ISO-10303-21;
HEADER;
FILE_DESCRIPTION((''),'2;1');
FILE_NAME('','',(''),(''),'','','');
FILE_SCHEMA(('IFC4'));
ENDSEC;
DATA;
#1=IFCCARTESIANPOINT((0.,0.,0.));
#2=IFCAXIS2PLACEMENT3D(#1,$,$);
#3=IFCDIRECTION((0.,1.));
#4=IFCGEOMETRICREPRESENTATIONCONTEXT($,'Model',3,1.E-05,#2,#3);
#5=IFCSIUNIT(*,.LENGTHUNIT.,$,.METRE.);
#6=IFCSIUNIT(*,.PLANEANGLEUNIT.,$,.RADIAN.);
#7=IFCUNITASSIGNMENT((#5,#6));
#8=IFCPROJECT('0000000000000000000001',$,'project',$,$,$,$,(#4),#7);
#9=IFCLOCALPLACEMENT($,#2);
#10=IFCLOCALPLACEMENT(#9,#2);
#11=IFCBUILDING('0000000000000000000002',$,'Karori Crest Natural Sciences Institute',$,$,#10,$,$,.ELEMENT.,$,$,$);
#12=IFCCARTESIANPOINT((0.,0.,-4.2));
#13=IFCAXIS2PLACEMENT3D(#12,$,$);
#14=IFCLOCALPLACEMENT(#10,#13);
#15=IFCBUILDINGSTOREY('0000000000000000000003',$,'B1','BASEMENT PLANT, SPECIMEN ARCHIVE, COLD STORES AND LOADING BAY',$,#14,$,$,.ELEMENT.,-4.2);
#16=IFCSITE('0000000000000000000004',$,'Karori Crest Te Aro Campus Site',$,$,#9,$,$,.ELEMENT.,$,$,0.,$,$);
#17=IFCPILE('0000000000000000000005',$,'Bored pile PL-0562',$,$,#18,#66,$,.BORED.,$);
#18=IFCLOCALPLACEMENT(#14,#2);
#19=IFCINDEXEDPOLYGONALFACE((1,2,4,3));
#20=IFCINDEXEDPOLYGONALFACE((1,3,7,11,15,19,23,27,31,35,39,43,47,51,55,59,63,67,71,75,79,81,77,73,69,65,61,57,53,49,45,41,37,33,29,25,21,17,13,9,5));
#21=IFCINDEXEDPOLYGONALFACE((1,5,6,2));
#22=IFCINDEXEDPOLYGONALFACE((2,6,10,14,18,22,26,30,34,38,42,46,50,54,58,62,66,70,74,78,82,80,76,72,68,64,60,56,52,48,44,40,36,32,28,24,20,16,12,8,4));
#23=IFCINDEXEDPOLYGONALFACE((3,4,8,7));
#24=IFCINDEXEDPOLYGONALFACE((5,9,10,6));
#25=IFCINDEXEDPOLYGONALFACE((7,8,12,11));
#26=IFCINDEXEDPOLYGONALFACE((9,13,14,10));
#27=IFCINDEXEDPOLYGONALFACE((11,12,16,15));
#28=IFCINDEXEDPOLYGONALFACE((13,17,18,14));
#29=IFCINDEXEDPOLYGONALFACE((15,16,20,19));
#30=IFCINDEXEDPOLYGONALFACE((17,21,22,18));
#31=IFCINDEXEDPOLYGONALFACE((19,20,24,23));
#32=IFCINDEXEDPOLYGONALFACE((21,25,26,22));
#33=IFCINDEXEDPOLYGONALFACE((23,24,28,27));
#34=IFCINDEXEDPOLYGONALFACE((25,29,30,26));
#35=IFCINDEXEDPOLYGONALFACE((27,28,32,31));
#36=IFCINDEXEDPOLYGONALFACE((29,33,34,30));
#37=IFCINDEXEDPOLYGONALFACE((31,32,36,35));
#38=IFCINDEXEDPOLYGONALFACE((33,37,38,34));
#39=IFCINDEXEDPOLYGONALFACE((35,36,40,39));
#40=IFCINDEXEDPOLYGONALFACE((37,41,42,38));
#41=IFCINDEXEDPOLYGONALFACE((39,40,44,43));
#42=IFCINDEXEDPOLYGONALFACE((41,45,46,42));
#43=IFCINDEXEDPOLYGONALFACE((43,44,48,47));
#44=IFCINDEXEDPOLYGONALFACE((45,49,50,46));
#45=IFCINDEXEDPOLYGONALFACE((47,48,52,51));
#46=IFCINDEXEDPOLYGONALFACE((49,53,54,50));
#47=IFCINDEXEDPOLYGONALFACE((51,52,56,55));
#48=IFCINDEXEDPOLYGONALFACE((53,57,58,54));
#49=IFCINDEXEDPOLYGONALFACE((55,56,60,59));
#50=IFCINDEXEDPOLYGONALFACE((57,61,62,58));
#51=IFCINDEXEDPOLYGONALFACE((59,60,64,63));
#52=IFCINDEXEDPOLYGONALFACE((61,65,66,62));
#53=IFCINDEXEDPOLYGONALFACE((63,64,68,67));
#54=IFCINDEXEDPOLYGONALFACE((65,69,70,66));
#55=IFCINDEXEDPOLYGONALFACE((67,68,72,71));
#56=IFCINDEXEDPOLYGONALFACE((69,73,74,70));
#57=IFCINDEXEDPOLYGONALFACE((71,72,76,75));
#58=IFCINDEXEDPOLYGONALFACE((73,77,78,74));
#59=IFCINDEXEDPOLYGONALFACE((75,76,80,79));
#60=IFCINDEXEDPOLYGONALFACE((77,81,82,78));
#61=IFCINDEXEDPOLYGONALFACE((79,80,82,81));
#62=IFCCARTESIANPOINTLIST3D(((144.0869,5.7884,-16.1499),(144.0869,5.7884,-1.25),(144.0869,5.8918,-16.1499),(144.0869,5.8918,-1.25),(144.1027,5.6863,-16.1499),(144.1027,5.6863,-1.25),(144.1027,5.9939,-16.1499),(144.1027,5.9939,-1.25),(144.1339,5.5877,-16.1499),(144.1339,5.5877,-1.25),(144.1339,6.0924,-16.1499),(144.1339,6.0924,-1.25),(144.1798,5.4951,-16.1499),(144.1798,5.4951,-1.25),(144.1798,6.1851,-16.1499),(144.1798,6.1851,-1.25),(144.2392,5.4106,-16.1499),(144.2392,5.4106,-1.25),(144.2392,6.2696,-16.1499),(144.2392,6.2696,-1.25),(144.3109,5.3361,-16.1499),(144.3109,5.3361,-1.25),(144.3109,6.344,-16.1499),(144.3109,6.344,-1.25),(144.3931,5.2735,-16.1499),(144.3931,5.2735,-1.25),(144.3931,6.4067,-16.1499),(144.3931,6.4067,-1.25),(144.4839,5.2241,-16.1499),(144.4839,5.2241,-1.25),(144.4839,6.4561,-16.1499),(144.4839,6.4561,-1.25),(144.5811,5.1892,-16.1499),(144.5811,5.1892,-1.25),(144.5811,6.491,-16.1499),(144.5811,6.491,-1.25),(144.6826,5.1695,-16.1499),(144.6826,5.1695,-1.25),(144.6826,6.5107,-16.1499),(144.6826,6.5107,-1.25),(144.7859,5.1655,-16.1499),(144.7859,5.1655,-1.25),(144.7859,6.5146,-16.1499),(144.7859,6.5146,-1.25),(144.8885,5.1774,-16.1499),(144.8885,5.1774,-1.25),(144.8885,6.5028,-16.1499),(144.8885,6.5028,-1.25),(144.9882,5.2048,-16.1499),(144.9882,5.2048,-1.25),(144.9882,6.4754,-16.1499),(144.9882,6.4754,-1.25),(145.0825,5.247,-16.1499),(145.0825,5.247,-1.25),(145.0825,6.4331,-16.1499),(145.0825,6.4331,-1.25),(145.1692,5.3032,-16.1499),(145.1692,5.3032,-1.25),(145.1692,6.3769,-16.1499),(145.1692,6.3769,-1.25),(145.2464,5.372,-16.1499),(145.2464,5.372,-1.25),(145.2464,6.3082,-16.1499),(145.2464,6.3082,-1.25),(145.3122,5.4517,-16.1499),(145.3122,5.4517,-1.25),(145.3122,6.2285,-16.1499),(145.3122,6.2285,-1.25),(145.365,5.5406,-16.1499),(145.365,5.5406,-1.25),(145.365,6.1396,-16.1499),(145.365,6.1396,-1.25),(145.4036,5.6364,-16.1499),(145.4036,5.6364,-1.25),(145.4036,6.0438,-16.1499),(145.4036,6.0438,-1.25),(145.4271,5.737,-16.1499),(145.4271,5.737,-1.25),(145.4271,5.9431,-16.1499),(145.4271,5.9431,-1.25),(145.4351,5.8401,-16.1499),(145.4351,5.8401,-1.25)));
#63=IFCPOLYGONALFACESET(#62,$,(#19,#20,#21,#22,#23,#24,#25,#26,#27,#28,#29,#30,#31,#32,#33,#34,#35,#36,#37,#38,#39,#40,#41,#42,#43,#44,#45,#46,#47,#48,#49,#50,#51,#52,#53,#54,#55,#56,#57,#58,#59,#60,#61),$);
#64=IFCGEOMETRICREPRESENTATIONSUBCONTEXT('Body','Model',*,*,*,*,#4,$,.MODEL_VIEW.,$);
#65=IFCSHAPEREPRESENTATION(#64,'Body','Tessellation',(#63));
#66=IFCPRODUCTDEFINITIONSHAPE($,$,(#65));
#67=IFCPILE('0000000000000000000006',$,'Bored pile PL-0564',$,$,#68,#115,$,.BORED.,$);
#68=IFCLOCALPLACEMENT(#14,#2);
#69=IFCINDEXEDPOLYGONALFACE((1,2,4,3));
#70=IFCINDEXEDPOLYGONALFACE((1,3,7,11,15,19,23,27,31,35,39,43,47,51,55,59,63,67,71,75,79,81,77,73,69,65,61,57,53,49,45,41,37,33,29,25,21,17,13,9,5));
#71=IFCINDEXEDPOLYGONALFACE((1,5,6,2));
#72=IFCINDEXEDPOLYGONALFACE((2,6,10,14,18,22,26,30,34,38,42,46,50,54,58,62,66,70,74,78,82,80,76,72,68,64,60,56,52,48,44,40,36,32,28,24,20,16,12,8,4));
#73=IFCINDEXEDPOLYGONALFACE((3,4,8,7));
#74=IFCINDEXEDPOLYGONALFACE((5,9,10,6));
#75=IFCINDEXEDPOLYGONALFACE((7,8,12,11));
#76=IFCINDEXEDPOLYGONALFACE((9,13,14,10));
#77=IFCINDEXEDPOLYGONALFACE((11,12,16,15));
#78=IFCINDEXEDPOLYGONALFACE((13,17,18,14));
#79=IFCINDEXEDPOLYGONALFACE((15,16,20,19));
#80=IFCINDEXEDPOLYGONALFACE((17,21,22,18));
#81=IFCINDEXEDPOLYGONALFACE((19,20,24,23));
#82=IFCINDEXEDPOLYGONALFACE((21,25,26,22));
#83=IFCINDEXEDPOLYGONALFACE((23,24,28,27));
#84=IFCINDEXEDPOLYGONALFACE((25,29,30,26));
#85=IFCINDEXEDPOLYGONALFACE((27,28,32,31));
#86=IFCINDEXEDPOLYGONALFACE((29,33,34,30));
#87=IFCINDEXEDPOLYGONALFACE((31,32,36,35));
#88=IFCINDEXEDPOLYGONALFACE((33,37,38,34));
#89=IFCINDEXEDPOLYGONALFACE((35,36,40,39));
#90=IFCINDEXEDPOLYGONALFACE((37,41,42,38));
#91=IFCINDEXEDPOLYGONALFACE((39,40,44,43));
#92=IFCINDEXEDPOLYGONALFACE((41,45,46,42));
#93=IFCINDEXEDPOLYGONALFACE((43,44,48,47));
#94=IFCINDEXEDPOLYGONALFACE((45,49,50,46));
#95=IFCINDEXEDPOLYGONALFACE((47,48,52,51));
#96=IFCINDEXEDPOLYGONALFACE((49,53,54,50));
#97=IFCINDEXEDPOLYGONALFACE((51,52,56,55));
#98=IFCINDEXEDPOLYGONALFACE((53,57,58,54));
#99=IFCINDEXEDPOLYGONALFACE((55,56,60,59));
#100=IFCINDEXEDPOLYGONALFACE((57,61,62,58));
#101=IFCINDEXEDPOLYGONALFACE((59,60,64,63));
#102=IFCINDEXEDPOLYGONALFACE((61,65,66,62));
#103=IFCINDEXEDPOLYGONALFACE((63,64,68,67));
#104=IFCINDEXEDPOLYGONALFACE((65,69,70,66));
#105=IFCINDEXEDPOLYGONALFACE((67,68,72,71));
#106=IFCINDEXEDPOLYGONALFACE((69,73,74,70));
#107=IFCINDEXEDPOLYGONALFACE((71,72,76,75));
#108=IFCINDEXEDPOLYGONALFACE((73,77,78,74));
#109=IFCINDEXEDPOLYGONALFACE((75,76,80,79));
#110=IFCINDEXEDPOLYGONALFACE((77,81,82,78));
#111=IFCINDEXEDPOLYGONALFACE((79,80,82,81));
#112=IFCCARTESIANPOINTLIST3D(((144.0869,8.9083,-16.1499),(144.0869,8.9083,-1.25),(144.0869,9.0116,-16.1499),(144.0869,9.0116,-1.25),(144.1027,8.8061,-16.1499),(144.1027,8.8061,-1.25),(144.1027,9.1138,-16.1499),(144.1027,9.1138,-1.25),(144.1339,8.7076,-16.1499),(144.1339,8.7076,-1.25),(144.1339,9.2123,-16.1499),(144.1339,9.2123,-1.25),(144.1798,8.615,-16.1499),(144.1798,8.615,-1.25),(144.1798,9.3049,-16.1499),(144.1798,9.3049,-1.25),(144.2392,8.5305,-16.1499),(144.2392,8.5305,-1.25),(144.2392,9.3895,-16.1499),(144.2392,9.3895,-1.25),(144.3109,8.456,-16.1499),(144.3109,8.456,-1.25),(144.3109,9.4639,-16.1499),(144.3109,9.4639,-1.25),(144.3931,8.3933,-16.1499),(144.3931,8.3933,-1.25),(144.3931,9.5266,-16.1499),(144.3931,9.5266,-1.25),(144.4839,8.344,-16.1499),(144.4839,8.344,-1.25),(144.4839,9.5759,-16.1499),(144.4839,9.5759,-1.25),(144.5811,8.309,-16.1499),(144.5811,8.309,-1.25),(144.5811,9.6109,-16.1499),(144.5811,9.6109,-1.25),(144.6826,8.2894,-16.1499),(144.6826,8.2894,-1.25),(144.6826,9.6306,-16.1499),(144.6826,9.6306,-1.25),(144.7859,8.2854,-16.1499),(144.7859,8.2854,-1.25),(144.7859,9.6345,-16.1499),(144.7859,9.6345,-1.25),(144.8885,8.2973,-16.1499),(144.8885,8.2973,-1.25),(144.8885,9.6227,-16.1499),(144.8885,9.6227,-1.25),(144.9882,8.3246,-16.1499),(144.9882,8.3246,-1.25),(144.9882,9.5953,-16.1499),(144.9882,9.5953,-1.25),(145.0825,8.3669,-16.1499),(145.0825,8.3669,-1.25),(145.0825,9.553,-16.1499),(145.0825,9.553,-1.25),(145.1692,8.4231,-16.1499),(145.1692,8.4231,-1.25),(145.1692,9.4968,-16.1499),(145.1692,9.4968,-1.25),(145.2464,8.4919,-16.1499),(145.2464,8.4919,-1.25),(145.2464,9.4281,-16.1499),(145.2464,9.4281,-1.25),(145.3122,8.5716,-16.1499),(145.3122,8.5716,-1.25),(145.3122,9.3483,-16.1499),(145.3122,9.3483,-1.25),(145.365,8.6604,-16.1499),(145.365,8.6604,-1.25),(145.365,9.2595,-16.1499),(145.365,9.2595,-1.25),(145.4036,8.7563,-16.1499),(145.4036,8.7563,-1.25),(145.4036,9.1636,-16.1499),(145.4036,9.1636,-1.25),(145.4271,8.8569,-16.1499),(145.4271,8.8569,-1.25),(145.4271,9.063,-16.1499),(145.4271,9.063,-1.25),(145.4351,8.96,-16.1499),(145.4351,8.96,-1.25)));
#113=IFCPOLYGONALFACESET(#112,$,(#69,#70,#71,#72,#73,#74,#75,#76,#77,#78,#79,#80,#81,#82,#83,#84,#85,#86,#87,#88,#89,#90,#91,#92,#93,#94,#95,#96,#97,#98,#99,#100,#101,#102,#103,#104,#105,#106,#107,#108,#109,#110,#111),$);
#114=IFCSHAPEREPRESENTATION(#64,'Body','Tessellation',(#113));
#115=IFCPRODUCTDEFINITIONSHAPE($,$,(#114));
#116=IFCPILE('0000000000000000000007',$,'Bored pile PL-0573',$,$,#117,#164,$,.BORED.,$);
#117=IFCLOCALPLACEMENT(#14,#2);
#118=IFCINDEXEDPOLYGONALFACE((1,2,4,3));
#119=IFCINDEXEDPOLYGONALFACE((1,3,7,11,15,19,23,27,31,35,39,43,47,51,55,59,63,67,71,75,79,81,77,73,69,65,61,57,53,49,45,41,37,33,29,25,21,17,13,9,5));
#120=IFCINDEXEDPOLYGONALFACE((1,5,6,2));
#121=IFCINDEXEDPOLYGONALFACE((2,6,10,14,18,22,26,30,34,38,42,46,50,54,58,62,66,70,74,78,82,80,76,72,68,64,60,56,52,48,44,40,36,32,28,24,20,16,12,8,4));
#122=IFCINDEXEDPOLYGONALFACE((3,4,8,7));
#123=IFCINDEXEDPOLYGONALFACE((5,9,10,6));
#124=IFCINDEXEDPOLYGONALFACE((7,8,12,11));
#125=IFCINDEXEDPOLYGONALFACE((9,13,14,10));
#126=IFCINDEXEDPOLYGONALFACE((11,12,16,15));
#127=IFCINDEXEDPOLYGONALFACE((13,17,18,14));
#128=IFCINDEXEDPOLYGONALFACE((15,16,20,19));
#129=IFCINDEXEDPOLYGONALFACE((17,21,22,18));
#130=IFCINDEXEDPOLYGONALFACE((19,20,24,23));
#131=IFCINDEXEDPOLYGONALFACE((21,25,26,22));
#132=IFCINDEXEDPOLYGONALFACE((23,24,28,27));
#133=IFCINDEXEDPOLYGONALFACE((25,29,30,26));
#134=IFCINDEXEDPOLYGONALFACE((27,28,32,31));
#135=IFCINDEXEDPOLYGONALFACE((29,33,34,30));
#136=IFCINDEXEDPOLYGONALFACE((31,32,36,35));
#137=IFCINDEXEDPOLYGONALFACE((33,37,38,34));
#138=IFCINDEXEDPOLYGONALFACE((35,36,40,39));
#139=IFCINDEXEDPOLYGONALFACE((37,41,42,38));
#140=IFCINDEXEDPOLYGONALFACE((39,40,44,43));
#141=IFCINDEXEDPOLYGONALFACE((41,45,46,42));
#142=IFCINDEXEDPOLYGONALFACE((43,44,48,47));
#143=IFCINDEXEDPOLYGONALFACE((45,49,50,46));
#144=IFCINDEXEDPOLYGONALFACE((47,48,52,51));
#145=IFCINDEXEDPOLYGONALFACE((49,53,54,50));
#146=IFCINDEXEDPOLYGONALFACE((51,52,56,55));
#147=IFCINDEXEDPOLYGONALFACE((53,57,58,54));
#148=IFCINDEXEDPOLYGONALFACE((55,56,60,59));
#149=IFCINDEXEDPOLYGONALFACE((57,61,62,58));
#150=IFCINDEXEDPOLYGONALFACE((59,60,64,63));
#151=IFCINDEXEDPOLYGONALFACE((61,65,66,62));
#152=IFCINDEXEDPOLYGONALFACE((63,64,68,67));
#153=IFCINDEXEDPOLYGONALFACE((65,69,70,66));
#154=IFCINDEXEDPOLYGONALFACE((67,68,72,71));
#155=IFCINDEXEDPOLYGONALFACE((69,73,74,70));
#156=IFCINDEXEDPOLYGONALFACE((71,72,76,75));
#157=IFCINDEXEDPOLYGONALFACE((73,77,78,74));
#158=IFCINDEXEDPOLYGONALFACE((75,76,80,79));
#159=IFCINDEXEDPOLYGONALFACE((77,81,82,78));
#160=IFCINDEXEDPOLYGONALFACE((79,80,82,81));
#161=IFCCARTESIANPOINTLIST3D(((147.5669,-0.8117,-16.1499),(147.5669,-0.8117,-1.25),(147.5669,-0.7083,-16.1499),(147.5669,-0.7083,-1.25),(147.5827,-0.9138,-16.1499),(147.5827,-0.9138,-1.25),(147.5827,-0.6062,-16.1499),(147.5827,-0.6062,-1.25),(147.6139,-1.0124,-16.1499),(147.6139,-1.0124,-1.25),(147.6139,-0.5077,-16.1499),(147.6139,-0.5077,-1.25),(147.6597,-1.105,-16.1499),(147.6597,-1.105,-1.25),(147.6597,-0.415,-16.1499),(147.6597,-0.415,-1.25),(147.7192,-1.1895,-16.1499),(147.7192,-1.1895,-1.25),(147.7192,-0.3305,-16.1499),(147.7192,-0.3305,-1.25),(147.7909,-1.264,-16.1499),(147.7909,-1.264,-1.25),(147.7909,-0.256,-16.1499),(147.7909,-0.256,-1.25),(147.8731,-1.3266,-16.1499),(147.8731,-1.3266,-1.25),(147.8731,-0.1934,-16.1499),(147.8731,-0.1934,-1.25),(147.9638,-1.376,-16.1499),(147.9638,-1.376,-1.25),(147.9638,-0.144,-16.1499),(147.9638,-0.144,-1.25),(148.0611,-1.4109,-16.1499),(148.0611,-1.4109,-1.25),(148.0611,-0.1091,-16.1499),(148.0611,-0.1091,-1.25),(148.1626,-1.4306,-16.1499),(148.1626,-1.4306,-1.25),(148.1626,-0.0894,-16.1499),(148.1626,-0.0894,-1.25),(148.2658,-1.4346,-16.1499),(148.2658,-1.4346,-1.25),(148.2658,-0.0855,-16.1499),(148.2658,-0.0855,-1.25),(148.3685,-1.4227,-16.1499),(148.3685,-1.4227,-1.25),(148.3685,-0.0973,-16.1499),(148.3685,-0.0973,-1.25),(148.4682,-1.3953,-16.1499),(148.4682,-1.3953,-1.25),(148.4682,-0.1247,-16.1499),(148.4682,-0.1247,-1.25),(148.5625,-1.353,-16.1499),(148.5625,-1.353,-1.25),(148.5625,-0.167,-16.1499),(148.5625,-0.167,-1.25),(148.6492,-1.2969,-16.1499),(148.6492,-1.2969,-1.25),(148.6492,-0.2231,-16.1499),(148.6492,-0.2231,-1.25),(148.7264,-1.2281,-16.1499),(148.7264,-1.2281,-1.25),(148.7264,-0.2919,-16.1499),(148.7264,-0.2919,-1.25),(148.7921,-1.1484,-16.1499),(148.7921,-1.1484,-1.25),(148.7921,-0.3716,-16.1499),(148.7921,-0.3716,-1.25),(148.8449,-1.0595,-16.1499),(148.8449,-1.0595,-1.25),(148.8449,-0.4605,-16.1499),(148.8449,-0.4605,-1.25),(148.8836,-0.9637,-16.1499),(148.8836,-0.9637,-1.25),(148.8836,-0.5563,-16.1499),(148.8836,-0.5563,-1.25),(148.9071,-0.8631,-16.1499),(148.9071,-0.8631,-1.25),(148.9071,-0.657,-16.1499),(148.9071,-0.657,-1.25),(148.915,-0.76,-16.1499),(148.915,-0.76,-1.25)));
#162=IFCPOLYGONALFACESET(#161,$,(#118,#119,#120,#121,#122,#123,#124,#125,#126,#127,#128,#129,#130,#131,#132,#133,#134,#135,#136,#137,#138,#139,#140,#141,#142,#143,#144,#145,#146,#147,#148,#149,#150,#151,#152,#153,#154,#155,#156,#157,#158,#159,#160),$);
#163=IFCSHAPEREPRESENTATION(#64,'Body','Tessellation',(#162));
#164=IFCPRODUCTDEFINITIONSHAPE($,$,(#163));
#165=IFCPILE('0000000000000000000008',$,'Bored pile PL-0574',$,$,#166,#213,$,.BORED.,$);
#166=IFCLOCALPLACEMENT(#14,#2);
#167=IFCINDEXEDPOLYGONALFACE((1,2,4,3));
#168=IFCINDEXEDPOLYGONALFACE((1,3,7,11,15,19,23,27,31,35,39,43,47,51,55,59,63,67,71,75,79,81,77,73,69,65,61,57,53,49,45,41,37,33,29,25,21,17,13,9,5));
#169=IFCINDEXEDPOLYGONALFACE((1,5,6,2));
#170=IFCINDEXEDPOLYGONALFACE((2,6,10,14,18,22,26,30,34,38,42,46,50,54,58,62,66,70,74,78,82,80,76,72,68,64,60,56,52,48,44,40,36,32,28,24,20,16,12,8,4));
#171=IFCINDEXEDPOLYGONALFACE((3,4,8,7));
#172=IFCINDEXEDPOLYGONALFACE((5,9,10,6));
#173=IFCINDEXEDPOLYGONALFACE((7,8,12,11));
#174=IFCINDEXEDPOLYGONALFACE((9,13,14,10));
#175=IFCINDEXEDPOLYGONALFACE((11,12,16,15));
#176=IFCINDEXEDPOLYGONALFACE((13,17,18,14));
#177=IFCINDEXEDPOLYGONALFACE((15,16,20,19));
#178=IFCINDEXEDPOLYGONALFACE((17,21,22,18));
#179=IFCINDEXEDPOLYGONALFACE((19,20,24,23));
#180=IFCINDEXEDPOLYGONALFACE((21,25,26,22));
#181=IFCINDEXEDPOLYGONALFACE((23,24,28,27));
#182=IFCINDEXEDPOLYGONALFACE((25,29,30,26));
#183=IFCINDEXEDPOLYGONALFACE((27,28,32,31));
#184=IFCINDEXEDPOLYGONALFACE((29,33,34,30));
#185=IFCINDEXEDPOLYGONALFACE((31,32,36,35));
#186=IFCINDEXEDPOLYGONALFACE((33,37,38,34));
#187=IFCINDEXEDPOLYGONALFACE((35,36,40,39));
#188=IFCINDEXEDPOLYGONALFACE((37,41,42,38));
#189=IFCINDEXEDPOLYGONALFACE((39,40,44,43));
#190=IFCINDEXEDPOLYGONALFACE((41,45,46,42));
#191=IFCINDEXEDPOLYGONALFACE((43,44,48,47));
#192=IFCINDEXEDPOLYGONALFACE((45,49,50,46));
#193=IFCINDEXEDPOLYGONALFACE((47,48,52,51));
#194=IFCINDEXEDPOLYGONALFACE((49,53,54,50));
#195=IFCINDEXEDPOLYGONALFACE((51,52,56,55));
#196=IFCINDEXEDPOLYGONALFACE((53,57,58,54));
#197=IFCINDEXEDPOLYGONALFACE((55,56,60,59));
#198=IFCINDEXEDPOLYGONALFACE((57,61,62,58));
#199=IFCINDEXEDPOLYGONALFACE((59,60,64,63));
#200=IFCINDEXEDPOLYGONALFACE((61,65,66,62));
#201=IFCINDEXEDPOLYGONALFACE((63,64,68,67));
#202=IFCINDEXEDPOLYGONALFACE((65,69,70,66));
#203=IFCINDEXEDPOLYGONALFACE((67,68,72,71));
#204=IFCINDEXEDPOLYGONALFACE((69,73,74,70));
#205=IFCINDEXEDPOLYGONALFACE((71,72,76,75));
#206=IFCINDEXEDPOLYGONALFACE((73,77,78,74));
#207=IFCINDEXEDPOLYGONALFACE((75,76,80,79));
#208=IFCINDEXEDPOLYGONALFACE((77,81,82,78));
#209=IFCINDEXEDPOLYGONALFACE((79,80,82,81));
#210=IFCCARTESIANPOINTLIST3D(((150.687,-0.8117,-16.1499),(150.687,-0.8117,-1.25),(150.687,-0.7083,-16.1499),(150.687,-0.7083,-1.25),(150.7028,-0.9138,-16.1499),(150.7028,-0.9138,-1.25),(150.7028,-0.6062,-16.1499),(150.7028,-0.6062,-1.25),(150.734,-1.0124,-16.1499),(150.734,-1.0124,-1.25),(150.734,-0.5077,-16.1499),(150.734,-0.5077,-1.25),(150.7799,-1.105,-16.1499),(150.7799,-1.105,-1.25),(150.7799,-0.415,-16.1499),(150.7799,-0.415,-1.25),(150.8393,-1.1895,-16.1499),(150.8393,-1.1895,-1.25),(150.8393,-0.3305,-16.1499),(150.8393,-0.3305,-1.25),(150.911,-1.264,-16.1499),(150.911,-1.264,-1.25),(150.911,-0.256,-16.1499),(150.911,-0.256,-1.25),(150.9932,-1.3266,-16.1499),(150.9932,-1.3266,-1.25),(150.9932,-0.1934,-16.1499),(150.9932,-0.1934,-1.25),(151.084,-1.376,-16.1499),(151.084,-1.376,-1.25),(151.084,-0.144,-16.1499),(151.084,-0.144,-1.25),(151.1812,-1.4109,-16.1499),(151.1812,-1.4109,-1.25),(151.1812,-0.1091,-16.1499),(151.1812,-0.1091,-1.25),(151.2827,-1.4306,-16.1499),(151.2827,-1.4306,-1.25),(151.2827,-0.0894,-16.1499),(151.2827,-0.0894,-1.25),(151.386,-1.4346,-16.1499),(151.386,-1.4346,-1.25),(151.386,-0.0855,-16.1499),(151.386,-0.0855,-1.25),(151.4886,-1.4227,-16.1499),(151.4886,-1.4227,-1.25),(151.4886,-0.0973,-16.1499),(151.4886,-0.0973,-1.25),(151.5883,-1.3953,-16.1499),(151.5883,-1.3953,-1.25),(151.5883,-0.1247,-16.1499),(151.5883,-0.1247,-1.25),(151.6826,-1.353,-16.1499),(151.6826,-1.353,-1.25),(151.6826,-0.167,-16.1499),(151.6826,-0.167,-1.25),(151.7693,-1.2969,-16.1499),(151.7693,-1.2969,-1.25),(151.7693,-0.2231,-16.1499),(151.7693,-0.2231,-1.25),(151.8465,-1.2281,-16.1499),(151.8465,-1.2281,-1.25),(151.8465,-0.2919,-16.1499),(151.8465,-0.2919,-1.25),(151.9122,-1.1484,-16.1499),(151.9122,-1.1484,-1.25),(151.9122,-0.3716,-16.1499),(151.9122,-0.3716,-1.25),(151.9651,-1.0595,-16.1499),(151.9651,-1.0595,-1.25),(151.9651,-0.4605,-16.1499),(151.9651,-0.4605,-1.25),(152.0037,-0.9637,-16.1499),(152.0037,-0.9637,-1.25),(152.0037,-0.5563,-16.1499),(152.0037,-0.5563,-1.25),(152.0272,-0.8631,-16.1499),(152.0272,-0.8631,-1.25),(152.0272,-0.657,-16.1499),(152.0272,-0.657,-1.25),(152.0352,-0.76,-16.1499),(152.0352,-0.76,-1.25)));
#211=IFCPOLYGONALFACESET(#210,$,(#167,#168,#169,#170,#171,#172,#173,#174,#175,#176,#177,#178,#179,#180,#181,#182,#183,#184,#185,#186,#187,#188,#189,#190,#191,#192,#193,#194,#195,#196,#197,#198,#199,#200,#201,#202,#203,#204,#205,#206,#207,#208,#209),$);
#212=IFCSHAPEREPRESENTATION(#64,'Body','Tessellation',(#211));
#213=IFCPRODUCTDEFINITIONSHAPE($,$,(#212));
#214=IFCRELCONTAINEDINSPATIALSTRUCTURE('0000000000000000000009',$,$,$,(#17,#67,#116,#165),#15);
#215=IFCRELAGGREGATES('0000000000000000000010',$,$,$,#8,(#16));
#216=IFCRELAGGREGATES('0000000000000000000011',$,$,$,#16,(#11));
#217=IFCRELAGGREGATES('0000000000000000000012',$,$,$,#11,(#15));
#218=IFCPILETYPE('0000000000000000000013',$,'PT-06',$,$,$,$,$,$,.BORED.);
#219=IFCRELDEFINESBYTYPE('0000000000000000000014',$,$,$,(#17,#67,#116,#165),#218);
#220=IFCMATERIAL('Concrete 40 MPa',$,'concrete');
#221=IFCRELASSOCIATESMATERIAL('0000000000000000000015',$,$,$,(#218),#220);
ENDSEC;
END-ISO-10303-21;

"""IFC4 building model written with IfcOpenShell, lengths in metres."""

from ifc_helpers import new_model, si_unit, direction, frame, origin, origin_2d, place, context, subcontext, project, spatial, circle, extrude, material, material_profile, profile_set, type_object, element, save


model = new_model("IFC4")

# Units and contexts
model_context = context("Model", 3, precision=1e-05, world=origin(), true_north=direction((0.0, 1.0)))
body_context = subcontext(model_context, "Body", "Model", "MODEL_VIEW")
ifc_project = project(units=[si_unit("LENGTHUNIT", "METRE"), si_unit("PLANEANGLEUNIT", "RADIAN")], contexts=[model_context])

# Site, building, storey
site_placement = place(None, origin())
site = spatial("IfcSite", under=ifc_project, at=site_placement, Name="Karori Crest Te Aro Campus Site", CompositionType="ELEMENT", RefElevation=0.0)
building_placement = place(site_placement, origin())
building = spatial("IfcBuilding", under=site, at=building_placement, Name="Karori Crest Natural Sciences Institute", CompositionType="ELEMENT")
storey_placement = place(building_placement, frame((0.0, 0.0, -4.2)))
storey = spatial("IfcBuildingStorey", under=building, at=storey_placement, Name="B1", Description="BASEMENT PLANT, SPECIMEN ARCHIVE, COLD STORES AND LOADING BAY", CompositionType="ELEMENT", Elevation=-4.2)

# Shared definitions
ifc_material_1 = material(Name="Concrete 40 MPa", Category="concrete")

# Piles
ifc_material_profile_1 = material_profile(ifc_material_1, circle(Radius=0.675, at=origin_2d()), Name="PILE1350")
ifc_profile_set_1 = profile_set([ifc_material_profile_1], Name="Concrete 40 MPa")
pile_type = type_object("IfcPileType", Name="PT-06", PredefinedType="BORED", material=ifc_profile_set_1)
for number, where, z_axis, x_axis, name in (
    (1, (144.76, 5.8401, -1.25), (0.0, 0.0, -1.0), (1.0, 0.0, 0.0), "Bored pile PL-0562"),
    (2, (144.76, 8.96, -1.25), (0.0, 0.0, -1.0), (1.0, 0.0, 0.0), "Bored pile PL-0564"),
    (3, (148.24, -0.76, -1.25), (0.0, 0.0, -1.0), (1.0, 0.0, 0.0), "Bored pile PL-0573"),
    (4, (151.3601, -0.76, -1.25), (0.0, 0.0, -1.0), (1.0, 0.0, 0.0), "Bored pile PL-0574"),
):
    element("IfcPile", number, at=place(storey_placement, frame(where, z_axis=z_axis, x_axis=x_axis)), inside=storey, type_object=pile_type, Name=name, PredefinedType="BORED", context=body_context, shape_type="SweptSolid", body=[
        extrude(circle(Radius=0.675, at=origin_2d()), origin(), (0.0, 0.0, 1.0), 14.8999),
    ])

save(model, "model.ifc")
